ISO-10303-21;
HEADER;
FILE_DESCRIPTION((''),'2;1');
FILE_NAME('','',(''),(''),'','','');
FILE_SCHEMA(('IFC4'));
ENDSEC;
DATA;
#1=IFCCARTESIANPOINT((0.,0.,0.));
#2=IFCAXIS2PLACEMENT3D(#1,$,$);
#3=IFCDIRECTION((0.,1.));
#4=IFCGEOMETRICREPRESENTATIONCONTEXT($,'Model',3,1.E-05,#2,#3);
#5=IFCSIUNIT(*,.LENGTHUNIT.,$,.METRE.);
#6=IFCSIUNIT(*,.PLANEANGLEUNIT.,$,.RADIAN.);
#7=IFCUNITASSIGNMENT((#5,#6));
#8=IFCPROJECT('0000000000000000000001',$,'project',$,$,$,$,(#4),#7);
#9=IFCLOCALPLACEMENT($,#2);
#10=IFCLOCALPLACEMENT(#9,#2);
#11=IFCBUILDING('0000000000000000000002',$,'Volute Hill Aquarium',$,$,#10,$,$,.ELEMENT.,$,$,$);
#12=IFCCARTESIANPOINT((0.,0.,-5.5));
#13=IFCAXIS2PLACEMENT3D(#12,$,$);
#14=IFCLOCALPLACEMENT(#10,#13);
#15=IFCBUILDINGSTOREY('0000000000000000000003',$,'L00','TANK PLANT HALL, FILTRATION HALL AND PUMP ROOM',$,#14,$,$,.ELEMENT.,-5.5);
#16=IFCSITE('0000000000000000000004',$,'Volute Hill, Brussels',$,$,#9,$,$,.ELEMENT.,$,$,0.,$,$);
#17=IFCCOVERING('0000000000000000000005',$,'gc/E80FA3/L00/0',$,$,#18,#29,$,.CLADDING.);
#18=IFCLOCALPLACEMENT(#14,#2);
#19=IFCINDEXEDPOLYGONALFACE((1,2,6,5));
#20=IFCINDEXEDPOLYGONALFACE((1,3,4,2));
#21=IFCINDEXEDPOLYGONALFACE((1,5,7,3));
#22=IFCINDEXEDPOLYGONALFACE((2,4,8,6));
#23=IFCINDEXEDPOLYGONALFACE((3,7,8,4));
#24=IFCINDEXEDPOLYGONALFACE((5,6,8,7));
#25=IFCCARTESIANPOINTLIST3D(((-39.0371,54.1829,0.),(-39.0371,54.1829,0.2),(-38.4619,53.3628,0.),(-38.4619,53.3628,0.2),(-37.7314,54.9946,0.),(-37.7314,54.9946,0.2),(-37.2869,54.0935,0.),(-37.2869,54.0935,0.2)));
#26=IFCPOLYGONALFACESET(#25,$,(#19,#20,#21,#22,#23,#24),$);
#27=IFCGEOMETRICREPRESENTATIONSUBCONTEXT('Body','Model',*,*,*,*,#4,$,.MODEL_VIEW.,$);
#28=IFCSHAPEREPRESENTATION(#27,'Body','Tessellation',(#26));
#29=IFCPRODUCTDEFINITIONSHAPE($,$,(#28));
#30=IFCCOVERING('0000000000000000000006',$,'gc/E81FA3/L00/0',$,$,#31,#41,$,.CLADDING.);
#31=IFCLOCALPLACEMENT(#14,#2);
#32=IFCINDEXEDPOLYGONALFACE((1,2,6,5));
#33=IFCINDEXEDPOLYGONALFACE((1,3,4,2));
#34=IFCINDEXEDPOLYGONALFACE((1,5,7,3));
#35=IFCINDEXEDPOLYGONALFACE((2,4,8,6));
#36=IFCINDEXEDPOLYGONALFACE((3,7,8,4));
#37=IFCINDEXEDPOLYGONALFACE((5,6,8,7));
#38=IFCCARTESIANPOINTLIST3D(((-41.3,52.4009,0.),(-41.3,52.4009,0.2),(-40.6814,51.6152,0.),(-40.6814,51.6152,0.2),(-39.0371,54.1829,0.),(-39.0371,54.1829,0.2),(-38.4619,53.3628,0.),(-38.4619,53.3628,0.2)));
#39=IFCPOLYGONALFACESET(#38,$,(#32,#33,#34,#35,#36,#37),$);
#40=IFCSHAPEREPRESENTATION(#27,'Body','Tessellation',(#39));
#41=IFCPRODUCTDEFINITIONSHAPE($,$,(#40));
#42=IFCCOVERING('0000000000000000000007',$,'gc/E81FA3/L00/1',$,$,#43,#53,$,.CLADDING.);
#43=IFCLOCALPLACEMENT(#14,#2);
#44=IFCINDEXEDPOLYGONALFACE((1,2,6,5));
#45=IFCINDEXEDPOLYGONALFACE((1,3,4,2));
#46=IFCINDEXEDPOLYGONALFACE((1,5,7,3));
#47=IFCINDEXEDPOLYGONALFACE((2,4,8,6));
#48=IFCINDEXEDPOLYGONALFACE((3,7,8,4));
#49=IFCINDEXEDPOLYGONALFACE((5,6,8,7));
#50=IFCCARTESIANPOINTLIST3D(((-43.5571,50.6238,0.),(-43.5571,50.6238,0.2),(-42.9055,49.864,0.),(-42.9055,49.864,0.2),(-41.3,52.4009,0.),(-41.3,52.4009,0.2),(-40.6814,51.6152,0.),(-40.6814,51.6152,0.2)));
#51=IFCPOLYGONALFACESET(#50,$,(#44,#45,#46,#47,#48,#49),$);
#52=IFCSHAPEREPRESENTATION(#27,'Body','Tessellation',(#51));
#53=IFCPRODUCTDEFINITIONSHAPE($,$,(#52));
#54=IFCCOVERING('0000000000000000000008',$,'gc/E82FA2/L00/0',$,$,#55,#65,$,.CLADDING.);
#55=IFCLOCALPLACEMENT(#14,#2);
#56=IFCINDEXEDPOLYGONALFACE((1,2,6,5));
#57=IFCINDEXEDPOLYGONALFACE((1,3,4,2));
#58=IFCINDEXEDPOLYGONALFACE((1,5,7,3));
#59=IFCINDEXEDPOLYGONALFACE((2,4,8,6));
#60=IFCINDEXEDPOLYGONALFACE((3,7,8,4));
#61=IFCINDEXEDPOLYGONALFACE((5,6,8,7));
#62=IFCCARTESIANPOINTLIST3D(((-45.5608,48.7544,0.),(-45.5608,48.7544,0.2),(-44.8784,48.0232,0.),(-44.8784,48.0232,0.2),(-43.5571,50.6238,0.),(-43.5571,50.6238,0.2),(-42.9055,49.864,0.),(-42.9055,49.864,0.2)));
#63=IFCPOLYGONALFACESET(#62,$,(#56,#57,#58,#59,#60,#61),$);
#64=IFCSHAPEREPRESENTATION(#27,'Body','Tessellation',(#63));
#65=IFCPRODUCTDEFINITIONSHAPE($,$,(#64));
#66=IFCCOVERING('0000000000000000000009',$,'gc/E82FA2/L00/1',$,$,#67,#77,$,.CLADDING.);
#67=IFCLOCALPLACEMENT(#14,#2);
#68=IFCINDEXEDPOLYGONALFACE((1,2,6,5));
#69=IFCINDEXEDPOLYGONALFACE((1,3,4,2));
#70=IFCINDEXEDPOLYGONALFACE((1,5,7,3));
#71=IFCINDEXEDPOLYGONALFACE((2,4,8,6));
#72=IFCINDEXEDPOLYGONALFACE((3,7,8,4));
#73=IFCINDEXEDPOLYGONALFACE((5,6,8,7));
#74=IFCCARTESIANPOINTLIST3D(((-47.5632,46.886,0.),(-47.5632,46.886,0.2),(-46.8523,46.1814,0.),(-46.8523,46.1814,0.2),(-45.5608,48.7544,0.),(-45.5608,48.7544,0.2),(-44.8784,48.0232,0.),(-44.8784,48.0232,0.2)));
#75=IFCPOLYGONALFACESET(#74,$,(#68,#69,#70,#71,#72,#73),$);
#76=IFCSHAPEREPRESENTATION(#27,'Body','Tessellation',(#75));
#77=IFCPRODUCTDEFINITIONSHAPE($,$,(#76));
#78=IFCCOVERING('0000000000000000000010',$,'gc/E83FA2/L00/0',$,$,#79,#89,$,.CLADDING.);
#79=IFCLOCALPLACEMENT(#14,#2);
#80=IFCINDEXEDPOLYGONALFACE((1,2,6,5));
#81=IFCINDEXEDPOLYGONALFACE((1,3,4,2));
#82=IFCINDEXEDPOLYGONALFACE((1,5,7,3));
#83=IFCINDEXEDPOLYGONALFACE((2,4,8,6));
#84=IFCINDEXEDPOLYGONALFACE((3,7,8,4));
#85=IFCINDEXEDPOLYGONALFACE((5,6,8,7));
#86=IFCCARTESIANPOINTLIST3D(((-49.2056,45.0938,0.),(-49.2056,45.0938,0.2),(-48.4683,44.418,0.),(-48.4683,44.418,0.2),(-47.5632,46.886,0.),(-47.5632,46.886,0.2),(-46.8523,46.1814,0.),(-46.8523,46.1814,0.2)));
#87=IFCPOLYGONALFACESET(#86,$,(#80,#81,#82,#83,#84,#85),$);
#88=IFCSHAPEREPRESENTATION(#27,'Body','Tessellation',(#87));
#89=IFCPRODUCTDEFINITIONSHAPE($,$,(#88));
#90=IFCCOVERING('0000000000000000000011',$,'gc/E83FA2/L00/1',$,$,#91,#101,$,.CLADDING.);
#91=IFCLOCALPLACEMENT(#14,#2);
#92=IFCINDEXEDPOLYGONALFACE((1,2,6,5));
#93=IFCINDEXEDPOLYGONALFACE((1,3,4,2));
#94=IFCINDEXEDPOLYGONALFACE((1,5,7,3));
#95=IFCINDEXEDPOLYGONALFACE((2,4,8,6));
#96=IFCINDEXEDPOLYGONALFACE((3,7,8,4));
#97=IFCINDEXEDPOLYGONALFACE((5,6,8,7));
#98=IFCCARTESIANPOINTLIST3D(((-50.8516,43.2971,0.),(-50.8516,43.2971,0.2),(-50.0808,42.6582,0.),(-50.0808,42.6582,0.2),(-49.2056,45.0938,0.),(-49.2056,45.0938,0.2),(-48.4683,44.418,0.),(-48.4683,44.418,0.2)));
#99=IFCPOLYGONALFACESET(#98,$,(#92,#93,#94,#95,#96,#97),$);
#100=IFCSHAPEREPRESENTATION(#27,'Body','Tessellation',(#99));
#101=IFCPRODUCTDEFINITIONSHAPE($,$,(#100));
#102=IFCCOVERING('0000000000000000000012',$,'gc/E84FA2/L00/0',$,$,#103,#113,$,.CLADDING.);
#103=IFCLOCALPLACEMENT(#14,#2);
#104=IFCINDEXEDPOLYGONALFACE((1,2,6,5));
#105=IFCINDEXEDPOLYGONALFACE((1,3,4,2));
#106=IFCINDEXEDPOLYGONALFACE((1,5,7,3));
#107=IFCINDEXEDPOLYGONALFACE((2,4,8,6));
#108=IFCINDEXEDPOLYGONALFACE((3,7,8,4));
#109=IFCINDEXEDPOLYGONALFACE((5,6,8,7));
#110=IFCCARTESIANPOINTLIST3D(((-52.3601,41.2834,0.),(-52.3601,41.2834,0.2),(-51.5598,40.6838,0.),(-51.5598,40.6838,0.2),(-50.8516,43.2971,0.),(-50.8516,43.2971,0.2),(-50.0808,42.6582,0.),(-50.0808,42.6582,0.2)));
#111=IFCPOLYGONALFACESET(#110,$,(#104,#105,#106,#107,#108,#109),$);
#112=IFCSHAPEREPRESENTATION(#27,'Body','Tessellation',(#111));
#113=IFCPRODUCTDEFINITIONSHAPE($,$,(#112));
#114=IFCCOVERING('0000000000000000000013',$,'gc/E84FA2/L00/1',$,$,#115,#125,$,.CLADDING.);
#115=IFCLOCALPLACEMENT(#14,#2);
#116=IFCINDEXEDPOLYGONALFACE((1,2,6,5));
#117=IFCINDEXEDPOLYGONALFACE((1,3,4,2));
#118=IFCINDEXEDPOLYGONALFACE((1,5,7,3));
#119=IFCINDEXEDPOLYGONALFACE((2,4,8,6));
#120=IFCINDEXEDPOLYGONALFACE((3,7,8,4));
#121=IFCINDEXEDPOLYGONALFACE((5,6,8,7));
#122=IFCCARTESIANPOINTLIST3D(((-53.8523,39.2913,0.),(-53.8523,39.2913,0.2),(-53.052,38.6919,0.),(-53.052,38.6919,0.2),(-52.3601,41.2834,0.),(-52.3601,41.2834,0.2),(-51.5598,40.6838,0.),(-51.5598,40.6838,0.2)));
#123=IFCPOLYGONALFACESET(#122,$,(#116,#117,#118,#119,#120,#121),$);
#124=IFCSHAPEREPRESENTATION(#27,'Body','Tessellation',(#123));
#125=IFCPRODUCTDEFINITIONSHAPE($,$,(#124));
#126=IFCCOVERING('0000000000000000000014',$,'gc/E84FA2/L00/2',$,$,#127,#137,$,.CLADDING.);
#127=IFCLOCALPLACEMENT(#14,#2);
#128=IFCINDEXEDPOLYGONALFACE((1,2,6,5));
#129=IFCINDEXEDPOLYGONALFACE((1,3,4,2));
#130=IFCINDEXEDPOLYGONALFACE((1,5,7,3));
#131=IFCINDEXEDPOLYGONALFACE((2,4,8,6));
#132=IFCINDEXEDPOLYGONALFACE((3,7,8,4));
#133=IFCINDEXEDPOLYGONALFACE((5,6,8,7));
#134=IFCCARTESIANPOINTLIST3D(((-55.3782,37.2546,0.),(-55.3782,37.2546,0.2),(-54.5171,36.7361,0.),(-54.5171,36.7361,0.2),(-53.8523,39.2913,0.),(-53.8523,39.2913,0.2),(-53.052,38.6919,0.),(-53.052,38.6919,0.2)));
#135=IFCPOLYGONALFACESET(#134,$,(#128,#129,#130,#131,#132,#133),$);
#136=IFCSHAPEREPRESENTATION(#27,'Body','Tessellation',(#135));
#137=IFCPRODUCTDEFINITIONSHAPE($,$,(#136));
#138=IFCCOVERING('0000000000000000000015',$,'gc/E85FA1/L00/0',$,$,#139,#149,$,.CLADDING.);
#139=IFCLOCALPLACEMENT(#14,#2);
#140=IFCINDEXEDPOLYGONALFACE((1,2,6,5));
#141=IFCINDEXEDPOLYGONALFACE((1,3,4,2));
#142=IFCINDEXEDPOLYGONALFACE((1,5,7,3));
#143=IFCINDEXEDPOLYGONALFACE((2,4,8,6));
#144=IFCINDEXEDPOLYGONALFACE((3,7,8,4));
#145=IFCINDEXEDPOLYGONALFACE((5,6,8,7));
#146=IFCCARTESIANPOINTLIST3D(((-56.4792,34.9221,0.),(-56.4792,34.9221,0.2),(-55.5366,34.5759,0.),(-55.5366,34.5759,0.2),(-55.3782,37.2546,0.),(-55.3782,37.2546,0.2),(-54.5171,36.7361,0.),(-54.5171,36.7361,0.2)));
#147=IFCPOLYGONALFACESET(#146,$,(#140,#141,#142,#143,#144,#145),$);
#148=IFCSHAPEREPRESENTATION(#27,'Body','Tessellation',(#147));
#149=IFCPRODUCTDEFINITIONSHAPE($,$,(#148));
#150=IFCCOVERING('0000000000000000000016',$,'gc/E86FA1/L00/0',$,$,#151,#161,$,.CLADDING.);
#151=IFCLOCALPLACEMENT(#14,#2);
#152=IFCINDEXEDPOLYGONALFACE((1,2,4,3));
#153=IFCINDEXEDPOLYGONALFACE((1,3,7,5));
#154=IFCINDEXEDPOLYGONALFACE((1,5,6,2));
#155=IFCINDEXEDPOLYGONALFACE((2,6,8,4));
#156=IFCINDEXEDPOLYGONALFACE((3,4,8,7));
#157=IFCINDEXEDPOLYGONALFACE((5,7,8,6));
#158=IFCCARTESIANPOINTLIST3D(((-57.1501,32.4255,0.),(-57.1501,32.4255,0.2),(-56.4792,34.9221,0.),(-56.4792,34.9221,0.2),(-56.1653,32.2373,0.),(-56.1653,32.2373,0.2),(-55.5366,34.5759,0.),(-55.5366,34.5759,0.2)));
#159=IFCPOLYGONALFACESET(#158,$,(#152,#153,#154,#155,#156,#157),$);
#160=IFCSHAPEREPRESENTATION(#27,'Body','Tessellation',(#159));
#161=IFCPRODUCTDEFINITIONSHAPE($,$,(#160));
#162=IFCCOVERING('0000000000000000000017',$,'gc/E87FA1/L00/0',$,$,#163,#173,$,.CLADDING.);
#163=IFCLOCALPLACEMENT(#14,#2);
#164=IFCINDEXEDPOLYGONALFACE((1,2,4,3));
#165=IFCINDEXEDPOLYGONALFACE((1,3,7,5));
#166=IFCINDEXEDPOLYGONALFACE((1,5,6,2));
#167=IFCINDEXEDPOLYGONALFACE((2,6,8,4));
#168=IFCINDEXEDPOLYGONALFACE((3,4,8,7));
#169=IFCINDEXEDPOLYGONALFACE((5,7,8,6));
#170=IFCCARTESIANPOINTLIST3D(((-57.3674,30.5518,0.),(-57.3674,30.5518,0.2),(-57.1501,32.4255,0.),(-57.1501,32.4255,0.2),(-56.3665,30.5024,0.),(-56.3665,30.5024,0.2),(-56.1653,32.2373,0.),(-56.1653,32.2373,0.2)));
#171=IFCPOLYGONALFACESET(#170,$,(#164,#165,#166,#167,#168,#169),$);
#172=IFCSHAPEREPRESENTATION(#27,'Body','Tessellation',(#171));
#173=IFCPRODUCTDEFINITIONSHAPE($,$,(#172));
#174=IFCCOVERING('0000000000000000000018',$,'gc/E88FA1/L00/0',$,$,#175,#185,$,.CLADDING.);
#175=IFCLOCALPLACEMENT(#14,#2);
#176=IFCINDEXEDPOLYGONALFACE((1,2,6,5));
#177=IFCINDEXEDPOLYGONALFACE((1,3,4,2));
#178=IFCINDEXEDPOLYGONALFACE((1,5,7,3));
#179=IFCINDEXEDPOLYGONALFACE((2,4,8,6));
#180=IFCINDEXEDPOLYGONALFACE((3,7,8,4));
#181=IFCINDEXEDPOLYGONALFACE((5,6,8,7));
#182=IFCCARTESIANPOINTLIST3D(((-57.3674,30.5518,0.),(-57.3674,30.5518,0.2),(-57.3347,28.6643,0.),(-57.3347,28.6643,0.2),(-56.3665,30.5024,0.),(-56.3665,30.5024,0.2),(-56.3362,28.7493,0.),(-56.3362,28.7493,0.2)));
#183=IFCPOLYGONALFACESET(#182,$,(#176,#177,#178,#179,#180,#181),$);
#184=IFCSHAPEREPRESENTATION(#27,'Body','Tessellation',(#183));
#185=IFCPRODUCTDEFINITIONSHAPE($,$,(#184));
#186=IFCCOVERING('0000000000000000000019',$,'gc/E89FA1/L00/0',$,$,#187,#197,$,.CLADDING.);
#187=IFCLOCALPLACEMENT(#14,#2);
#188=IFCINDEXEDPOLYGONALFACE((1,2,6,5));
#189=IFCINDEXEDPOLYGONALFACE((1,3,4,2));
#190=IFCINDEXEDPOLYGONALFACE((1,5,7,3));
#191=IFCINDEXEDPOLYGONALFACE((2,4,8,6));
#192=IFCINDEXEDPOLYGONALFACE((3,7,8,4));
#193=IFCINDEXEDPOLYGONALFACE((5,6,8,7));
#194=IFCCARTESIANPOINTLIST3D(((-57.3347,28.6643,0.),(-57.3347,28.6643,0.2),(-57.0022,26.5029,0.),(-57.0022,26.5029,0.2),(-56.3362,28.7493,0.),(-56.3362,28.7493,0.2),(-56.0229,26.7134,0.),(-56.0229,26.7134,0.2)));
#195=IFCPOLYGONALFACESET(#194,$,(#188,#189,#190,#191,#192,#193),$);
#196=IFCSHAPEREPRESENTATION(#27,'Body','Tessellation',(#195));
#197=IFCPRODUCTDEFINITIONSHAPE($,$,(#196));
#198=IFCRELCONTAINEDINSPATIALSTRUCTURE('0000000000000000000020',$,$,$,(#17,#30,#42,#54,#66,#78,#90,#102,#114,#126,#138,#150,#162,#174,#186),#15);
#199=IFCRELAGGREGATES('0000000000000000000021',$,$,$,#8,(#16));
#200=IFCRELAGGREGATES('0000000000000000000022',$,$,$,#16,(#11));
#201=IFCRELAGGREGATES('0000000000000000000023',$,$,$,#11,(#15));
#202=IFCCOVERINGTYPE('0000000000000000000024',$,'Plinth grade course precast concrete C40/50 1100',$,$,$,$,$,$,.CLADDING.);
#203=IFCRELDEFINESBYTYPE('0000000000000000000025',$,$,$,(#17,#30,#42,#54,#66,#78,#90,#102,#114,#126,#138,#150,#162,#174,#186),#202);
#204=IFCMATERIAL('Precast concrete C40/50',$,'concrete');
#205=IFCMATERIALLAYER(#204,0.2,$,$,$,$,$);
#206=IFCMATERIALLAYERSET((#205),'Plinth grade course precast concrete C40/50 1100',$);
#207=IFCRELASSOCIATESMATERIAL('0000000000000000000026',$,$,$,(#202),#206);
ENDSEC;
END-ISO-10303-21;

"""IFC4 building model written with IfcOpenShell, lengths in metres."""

from ifc_helpers import new_model, si_unit, direction, frame, origin, place, context, subcontext, project, spatial, polyline, outline, extrude, material, layer, layer_set, type_object, element, save


model = new_model("IFC4")

# Units and contexts
model_context = context("Model", 3, precision=1e-05, world=origin(), true_north=direction((0.0, 1.0)))
body_context = subcontext(model_context, "Body", "Model", "MODEL_VIEW")
ifc_project = project(units=[si_unit("LENGTHUNIT", "METRE"), si_unit("PLANEANGLEUNIT", "RADIAN")], contexts=[model_context])

# Site, building, storey
site_placement = place(None, origin())
site = spatial("IfcSite", under=ifc_project, at=site_placement, Name="Volute Hill, Brussels", CompositionType="ELEMENT", RefElevation=0.0)
building_placement = place(site_placement, origin())
building = spatial("IfcBuilding", under=site, at=building_placement, Name="Volute Hill Aquarium", CompositionType="ELEMENT")
storey_placement = place(building_placement, frame((0.0, 0.0, -5.5)))
storey = spatial("IfcBuildingStorey", under=building, at=storey_placement, Name="L00", Description="TANK PLANT HALL, FILTRATION HALL AND PUMP ROOM", CompositionType="ELEMENT", Elevation=-5.5)

# Coverings
ifc_material_1 = material(Name="Precast concrete C40/50", Category="concrete")
ifc_layer_1 = layer(ifc_material_1, 0.2)
ifc_layer_set_1 = layer_set([ifc_layer_1], Name="Plinth grade course precast concrete C40/50 1100")
covering_type_1 = type_object("IfcCoveringType", Name="Plinth grade course precast concrete C40/50 1100", PredefinedType="CLADDING", material=ifc_layer_set_1)
covering_1_placement = place(storey_placement, origin())
element("IfcCovering", 1, at=covering_1_placement, inside=storey, type_object=covering_type_1, Name="gc/E80FA3/L00/0", PredefinedType="CLADDING", context=body_context, shape_type="SweptSolid", body=[
    extrude(outline(polyline([(-37.7314, 54.9946), (-39.0371, 54.1829), (-38.4619, 53.3628), (-38.4619, 53.3628), (-37.2869, 54.0935), (-37.2869, 54.0935), (-37.7314, 54.9946), (-37.7314, 54.9946)])), origin(), (0.0, 0.0, 1.0), 0.2),
])
covering_2_placement = place(storey_placement, origin())
element("IfcCovering", 2, at=covering_2_placement, inside=storey, type_object=covering_type_1, Name="gc/E81FA3/L00/0", PredefinedType="CLADDING", context=body_context, shape_type="SweptSolid", body=[
    extrude(outline(polyline([(-39.0371, 54.1829), (-41.3, 52.4009), (-40.6814, 51.6152), (-38.4619, 53.3628), (-39.0371, 54.1829), (-39.0371, 54.1829)])), origin(), (0.0, 0.0, 1.0), 0.2),
])
covering_3_placement = place(storey_placement, origin())
element("IfcCovering", 3, at=covering_3_placement, inside=storey, type_object=covering_type_1, Name="gc/E81FA3/L00/1", PredefinedType="CLADDING", context=body_context, shape_type="SweptSolid", body=[
    extrude(outline(polyline([(-41.3, 52.4009), (-43.5571, 50.6238), (-42.9055, 49.864), (-40.6814, 51.6152), (-41.3, 52.4009)])), origin(), (0.0, 0.0, 1.0), 0.2),
])
covering_4_placement = place(storey_placement, origin())
element("IfcCovering", 4, at=covering_4_placement, inside=storey, type_object=covering_type_1, Name="gc/E82FA2/L00/0", PredefinedType="CLADDING", context=body_context, shape_type="SweptSolid", body=[
    extrude(outline(polyline([(-43.5571, 50.6238), (-45.5608, 48.7544), (-44.8784, 48.0232), (-42.9055, 49.864), (-42.9055, 49.864), (-43.5571, 50.6238)])), origin(), (0.0, 0.0, 1.0), 0.2),
])
covering_5_placement = place(storey_placement, origin())
element("IfcCovering", 5, at=covering_5_placement, inside=storey, type_object=covering_type_1, Name="gc/E82FA2/L00/1", PredefinedType="CLADDING", context=body_context, shape_type="SweptSolid", body=[
    extrude(outline(polyline([(-45.5608, 48.7544), (-47.5632, 46.886), (-46.8523, 46.1814), (-46.8523, 46.1814), (-44.8784, 48.0232), (-45.5608, 48.7544)])), origin(), (0.0, 0.0, 1.0), 0.2),
])
covering_6_placement = place(storey_placement, origin())
element("IfcCovering", 6, at=covering_6_placement, inside=storey, type_object=covering_type_1, Name="gc/E83FA2/L00/0", PredefinedType="CLADDING", context=body_context, shape_type="SweptSolid", body=[
    extrude(outline(polyline([(-47.5632, 46.886), (-49.2056, 45.0938), (-48.4683, 44.418), (-46.8523, 46.1814), (-47.5632, 46.886)])), origin(), (0.0, 0.0, 1.0), 0.2),
])
covering_7_placement = place(storey_placement, origin())
element("IfcCovering", 7, at=covering_7_placement, inside=storey, type_object=covering_type_1, Name="gc/E83FA2/L00/1", PredefinedType="CLADDING", context=body_context, shape_type="SweptSolid", body=[
    extrude(outline(polyline([(-49.2056, 45.0938), (-50.8516, 43.2971), (-50.0808, 42.6582), (-48.4683, 44.418), (-49.2056, 45.0938)])), origin(), (0.0, 0.0, 1.0), 0.2),
])
covering_8_placement = place(storey_placement, origin())
element("IfcCovering", 8, at=covering_8_placement, inside=storey, type_object=covering_type_1, Name="gc/E84FA2/L00/0", PredefinedType="CLADDING", context=body_context, shape_type="SweptSolid", body=[
    extrude(outline(polyline([(-50.8516, 43.2971), (-52.3601, 41.2834), (-51.5598, 40.6838), (-50.0808, 42.6582), (-50.0808, 42.6582), (-50.8516, 43.2971), (-50.8516, 43.2971)])), origin(), (0.0, 0.0, 1.0), 0.2),
])
covering_9_placement = place(storey_placement, origin())
element("IfcCovering", 9, at=covering_9_placement, inside=storey, type_object=covering_type_1, Name="gc/E84FA2/L00/1", PredefinedType="CLADDING", context=body_context, shape_type="SweptSolid", body=[
    extrude(outline(polyline([(-52.3601, 41.2834), (-53.8523, 39.2913), (-53.052, 38.6919), (-51.5598, 40.6838), (-52.3601, 41.2834)])), origin(), (0.0, 0.0, 1.0), 0.2),
])
covering_10_placement = place(storey_placement, origin())
element("IfcCovering", 10, at=covering_10_placement, inside=storey, type_object=covering_type_1, Name="gc/E84FA2/L00/2", PredefinedType="CLADDING", context=body_context, shape_type="SweptSolid", body=[
    extrude(outline(polyline([(-53.8523, 39.2913), (-55.3782, 37.2546), (-54.5171, 36.7361), (-54.5171, 36.7361), (-53.052, 38.6919), (-53.8523, 39.2913)])), origin(), (0.0, 0.0, 1.0), 0.2),
])
covering_11_placement = place(storey_placement, origin())
element("IfcCovering", 11, at=covering_11_placement, inside=storey, type_object=covering_type_1, Name="gc/E85FA1/L00/0", PredefinedType="CLADDING", context=body_context, shape_type="SweptSolid", body=[
    extrude(outline(polyline([(-56.4792, 34.9221), (-56.4792, 34.9221), (-55.5366, 34.5759), (-55.5366, 34.5759), (-54.5171, 36.7361), (-55.3782, 37.2546), (-56.4792, 34.9221)])), origin(), (0.0, 0.0, 1.0), 0.2),
])
covering_12_placement = place(storey_placement, origin())
element("IfcCovering", 12, at=covering_12_placement, inside=storey, type_object=covering_type_1, Name="gc/E86FA1/L00/0", PredefinedType="CLADDING", context=body_context, shape_type="SweptSolid", body=[
    extrude(outline(polyline([(-57.1501, 32.4255), (-57.1501, 32.4255), (-56.1653, 32.2373), (-56.1653, 32.2373), (-55.5366, 34.5759), (-56.4792, 34.9221), (-57.1501, 32.4255)])), origin(), (0.0, 0.0, 1.0), 0.2),
])
covering_13_placement = place(storey_placement, origin())
element("IfcCovering", 13, at=covering_13_placement, inside=storey, type_object=covering_type_1, Name="gc/E87FA1/L00/0", PredefinedType="CLADDING", context=body_context, shape_type="SweptSolid", body=[
    extrude(outline(polyline([(-57.1501, 32.4255), (-57.3674, 30.5518), (-56.3665, 30.5024), (-56.1653, 32.2373), (-57.1501, 32.4255)])), origin(), (0.0, 0.0, 1.0), 0.2),
])
covering_14_placement = place(storey_placement, origin())
element("IfcCovering", 14, at=covering_14_placement, inside=storey, type_object=covering_type_1, Name="gc/E88FA1/L00/0", PredefinedType="CLADDING", context=body_context, shape_type="SweptSolid", body=[
    extrude(outline(polyline([(-57.3347, 28.6643), (-57.3347, 28.6643), (-56.3362, 28.7493), (-56.3362, 28.7493), (-56.3665, 30.5024), (-57.3674, 30.5518), (-57.3347, 28.6643)])), origin(), (0.0, 0.0, 1.0), 0.2),
])
covering_15_placement = place(storey_placement, origin())
element("IfcCovering", 15, at=covering_15_placement, inside=storey, type_object=covering_type_1, Name="gc/E89FA1/L00/0", PredefinedType="CLADDING", context=body_context, shape_type="SweptSolid", body=[
    extrude(outline(polyline([(-57.3347, 28.6643), (-57.0022, 26.5029), (-56.0229, 26.7134), (-56.3362, 28.7493), (-57.3347, 28.6643)])), origin(), (0.0, 0.0, 1.0), 0.2),
])

save(model, "model.ifc")
